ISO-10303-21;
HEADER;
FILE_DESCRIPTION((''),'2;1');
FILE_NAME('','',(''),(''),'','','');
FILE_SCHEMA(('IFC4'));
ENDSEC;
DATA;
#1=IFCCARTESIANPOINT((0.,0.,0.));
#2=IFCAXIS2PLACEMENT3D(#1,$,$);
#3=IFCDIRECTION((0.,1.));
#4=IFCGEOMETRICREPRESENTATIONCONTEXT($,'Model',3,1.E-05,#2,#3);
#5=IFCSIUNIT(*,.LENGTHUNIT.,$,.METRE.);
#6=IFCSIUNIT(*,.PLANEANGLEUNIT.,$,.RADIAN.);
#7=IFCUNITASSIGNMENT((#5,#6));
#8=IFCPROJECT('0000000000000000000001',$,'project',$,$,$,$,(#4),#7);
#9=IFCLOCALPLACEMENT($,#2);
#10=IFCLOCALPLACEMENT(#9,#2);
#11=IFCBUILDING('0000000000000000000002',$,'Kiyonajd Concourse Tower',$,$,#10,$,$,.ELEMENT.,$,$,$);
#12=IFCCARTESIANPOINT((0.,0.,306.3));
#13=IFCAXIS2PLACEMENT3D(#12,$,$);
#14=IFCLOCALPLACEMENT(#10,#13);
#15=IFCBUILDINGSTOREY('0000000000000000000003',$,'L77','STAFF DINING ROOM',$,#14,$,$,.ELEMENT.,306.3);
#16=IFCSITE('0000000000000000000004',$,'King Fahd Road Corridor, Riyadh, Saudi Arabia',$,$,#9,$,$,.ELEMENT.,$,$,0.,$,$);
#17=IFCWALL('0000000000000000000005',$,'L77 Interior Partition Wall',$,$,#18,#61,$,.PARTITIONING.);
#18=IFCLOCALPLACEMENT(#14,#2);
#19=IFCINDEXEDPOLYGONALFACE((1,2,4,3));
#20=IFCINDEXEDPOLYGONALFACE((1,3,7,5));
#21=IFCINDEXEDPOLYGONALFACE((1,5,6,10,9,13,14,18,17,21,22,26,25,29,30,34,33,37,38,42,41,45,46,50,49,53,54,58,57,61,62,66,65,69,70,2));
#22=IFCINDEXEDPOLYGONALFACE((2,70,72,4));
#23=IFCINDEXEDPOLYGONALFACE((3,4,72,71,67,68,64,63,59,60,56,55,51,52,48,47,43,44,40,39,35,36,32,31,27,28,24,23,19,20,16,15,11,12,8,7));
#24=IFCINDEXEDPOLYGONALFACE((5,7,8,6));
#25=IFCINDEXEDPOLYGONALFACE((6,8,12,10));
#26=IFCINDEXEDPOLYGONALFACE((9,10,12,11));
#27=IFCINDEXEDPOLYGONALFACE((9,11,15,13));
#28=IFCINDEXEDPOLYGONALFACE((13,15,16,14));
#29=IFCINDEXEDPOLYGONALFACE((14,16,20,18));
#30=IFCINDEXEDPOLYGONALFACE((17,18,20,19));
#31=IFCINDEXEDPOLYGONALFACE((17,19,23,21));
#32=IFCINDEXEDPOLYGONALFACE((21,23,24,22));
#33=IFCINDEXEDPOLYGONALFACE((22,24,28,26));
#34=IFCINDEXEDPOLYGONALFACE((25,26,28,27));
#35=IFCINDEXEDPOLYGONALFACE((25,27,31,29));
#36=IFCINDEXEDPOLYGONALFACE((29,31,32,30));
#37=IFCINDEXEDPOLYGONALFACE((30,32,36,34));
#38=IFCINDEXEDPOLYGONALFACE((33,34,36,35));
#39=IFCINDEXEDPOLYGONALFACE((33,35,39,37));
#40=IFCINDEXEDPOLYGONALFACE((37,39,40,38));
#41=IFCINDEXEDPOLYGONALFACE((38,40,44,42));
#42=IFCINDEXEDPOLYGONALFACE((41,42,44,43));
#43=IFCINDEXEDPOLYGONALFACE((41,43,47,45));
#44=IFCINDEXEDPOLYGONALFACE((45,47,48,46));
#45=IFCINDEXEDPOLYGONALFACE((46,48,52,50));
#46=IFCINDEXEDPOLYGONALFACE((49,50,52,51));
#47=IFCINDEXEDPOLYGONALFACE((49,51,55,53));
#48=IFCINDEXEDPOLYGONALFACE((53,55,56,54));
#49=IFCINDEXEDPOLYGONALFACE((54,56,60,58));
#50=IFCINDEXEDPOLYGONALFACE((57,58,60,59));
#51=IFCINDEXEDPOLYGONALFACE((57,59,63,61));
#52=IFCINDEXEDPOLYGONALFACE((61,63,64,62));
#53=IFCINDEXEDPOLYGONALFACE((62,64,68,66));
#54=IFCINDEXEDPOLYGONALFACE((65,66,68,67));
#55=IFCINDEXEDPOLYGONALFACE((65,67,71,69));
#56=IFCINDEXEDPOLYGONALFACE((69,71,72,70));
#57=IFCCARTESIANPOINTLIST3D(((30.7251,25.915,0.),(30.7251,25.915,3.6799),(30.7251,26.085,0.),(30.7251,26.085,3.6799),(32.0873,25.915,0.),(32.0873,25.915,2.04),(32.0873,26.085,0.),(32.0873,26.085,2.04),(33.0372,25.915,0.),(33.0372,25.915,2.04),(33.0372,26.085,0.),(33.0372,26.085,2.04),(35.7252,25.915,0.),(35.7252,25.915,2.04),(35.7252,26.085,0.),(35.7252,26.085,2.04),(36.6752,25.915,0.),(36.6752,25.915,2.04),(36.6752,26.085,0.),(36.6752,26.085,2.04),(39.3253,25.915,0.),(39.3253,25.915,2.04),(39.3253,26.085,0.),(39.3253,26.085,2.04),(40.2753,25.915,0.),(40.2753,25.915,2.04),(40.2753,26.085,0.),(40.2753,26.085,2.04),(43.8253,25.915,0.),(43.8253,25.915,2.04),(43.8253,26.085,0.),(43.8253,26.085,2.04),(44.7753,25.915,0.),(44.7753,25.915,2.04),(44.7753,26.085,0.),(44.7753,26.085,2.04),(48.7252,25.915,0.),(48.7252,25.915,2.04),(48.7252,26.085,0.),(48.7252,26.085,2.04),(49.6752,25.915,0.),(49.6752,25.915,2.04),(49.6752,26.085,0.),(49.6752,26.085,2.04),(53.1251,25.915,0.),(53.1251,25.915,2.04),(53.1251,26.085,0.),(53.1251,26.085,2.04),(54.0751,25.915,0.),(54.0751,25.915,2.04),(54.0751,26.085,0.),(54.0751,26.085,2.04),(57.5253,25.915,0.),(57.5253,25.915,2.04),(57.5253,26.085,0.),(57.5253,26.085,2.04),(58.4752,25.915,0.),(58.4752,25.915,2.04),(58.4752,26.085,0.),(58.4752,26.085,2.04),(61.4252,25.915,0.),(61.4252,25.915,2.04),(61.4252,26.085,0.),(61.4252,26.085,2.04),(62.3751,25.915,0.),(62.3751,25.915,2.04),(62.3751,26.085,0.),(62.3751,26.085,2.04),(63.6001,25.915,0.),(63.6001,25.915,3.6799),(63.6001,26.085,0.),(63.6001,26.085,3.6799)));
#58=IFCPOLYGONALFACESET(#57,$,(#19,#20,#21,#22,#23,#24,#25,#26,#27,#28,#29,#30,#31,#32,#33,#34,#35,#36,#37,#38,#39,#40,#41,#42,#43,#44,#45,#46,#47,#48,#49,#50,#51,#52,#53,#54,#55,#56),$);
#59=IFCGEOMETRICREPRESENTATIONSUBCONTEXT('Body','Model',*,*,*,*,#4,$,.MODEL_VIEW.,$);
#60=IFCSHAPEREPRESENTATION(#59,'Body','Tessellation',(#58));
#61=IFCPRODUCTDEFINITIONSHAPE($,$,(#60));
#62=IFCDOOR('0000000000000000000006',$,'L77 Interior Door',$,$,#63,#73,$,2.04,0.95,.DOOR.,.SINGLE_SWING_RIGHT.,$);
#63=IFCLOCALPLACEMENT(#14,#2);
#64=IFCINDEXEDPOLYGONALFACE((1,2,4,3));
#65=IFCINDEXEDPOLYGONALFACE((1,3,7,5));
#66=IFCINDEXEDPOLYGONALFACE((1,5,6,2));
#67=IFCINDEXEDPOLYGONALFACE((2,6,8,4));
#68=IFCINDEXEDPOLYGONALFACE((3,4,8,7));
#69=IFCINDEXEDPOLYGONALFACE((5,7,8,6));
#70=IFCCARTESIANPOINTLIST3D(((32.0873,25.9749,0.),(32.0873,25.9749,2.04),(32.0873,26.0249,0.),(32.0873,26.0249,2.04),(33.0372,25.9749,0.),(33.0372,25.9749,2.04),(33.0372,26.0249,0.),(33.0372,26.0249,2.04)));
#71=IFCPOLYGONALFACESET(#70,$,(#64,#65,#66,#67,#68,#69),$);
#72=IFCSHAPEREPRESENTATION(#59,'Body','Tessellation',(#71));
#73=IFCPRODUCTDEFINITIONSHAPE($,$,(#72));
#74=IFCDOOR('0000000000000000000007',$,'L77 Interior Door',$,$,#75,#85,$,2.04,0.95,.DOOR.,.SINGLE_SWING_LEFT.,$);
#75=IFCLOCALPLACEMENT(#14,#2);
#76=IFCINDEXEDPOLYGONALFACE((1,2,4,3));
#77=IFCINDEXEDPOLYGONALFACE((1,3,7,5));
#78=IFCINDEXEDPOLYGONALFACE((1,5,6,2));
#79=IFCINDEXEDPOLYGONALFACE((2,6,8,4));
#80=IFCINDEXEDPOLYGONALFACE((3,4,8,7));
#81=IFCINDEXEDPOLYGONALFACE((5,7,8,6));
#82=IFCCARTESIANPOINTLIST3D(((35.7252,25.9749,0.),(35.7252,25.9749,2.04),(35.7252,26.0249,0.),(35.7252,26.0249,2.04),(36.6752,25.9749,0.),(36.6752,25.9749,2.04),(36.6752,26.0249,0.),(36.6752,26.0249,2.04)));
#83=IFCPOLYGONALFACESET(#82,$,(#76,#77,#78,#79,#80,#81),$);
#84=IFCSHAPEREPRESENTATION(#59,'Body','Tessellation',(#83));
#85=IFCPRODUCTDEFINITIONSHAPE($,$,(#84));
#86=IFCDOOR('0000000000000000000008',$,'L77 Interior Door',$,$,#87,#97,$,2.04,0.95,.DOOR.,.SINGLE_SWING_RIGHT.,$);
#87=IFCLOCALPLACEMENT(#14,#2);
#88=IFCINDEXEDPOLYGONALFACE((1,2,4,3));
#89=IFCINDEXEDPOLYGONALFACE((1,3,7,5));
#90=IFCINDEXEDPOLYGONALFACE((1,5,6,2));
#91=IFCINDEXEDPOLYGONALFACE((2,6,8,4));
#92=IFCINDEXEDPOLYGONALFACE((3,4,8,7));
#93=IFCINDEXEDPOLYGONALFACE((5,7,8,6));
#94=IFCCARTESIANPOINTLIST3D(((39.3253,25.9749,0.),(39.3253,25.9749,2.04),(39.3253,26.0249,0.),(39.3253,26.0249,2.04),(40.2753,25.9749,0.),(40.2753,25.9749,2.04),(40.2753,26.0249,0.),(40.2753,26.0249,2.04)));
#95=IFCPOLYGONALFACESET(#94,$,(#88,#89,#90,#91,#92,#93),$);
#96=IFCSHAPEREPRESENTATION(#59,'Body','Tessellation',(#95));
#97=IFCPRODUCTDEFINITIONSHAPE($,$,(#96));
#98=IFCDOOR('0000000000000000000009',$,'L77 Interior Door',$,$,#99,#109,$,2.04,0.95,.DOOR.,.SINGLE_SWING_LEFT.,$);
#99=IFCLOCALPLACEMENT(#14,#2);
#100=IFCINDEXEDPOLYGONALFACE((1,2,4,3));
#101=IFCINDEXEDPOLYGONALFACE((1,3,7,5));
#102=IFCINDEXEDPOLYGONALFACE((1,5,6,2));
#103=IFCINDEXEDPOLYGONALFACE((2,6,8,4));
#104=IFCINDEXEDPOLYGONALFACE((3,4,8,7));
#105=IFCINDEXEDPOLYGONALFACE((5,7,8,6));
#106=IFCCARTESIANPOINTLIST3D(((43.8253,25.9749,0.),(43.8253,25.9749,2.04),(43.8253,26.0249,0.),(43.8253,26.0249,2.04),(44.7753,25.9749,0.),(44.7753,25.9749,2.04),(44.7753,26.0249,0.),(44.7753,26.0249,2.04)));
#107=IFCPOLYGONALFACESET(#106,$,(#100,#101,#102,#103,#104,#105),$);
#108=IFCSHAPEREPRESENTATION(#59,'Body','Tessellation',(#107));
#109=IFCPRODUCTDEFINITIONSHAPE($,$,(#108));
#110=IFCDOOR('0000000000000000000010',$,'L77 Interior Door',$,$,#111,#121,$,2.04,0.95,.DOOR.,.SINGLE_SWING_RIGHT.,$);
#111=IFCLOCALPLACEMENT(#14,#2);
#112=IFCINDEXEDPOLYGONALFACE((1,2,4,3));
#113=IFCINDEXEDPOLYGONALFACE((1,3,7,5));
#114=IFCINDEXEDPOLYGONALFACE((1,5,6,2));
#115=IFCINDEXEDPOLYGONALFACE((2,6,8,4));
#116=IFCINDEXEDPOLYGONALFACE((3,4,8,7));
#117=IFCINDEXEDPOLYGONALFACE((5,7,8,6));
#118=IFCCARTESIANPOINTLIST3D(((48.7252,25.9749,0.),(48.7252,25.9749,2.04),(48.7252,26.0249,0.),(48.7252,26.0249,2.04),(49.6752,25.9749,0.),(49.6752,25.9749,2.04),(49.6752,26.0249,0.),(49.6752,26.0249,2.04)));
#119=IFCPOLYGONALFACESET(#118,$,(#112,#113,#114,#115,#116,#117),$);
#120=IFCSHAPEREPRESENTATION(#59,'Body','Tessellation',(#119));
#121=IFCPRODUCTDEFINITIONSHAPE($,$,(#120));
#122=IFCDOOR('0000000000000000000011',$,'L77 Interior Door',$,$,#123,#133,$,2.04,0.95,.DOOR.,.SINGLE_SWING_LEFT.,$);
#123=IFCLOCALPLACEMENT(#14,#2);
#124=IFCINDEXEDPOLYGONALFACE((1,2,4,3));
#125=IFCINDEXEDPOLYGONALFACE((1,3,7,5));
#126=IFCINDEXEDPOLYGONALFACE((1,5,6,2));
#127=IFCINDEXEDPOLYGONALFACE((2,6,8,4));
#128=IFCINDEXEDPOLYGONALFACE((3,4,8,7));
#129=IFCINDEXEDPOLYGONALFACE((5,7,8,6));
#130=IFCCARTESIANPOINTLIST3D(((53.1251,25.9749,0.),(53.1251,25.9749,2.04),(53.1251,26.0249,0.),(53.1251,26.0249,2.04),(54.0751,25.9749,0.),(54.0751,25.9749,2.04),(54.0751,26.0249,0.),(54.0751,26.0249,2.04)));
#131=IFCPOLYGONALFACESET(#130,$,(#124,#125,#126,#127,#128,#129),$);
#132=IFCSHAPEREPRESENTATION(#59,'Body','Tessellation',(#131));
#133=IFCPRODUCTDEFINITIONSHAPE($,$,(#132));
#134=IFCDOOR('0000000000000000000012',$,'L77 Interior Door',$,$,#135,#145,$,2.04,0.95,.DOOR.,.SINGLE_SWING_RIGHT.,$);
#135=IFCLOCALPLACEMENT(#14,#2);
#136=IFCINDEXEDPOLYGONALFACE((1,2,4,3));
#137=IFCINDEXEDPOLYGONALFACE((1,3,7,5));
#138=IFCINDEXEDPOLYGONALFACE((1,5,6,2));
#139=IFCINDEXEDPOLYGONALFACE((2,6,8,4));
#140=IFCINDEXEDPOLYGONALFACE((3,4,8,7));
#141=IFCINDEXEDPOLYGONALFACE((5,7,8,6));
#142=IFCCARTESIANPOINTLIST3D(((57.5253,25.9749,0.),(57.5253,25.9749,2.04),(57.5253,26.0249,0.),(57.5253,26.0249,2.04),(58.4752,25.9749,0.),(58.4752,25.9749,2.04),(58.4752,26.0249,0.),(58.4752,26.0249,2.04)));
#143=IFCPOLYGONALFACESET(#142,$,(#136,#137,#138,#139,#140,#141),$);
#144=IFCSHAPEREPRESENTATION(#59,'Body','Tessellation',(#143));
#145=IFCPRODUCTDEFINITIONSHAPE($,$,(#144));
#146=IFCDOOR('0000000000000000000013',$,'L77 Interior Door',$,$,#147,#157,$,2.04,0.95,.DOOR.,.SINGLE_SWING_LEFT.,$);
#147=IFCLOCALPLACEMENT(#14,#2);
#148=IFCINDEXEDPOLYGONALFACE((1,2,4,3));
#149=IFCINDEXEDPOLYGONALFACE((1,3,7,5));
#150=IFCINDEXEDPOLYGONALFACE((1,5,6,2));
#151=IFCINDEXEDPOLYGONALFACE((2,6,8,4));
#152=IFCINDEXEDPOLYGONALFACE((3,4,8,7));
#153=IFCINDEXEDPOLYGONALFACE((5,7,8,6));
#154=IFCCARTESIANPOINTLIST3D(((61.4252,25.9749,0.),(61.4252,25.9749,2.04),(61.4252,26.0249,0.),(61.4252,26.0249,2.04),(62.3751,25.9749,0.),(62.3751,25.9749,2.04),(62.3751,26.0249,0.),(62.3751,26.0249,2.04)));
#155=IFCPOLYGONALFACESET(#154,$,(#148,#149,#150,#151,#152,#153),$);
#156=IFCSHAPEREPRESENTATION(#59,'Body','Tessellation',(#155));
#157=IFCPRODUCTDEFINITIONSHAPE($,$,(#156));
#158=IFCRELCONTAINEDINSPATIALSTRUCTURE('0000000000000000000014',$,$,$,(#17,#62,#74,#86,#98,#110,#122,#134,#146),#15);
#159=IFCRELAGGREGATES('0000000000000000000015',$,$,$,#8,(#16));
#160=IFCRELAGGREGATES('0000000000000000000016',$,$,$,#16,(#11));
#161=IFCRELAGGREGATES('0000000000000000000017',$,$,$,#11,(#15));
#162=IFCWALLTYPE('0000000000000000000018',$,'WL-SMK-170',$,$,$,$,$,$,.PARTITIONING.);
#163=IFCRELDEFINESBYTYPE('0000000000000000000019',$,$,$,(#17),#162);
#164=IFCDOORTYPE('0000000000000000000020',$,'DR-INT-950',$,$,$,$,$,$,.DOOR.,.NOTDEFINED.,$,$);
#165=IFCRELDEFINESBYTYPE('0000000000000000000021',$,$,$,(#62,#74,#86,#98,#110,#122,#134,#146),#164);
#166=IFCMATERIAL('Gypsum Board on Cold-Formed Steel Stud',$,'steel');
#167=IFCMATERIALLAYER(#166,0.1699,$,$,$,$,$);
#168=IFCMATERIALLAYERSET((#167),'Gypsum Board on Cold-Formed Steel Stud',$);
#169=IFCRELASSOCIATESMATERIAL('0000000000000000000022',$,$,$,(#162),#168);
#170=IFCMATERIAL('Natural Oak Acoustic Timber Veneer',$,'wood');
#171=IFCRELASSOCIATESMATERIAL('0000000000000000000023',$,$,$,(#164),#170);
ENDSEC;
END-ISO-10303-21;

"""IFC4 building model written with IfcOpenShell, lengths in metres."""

from ifc_helpers import new_model, si_unit, direction, frame, frame_2d, origin, place, context, subcontext, project, spatial, rectangle, extrude, material, layer, layer_set, type_object, element, fill, save


model = new_model("IFC4")

# Units and contexts
model_context = context("Model", 3, precision=1e-05, world=origin(), true_north=direction((0.0, 1.0)))
body_context = subcontext(model_context, "Body", "Model", "MODEL_VIEW")
ifc_project = project(units=[si_unit("LENGTHUNIT", "METRE"), si_unit("PLANEANGLEUNIT", "RADIAN")], contexts=[model_context])

# Site, building, storey
site_placement = place(None, origin())
site = spatial("IfcSite", under=ifc_project, at=site_placement, Name="King Fahd Road Corridor, Riyadh, Saudi Arabia", CompositionType="ELEMENT", RefElevation=0.0)
building_placement = place(site_placement, origin())
building = spatial("IfcBuilding", under=site, at=building_placement, Name="Kiyonajd Concourse Tower", CompositionType="ELEMENT")
storey_placement = place(building_placement, frame((0.0, 0.0, 306.3)))
storey = spatial("IfcBuildingStorey", under=building, at=storey_placement, Name="L77", Description="STAFF DINING ROOM", CompositionType="ELEMENT", Elevation=306.3)

# Shared definitions
ifc_material_1 = material(Name="Gypsum Board on Cold-Formed Steel Stud", Category="steel")
ifc_material_2 = material(Name="Natural Oak Acoustic Timber Veneer", Category="wood")

# Wall, openings, doors
ifc_layer_1 = layer(ifc_material_1, 0.1699)
ifc_layer_set_1 = layer_set([ifc_layer_1], Name="Gypsum Board on Cold-Formed Steel Stud")
wall_type_1 = type_object("IfcWallType", Name="WL-SMK-170", PredefinedType="PARTITIONING", material=ifc_layer_set_1)
wall_1_placement = place(storey_placement, frame((30.7251, 26.0, 0.0), z_axis=(0.0, 0.0, 1.0), x_axis=(1.0, 0.0, 0.0)))
wall_1 = element("IfcWall", 1, at=wall_1_placement, inside=storey, type_object=wall_type_1, Name="L77 Interior Partition Wall", PredefinedType="PARTITIONING", context=body_context, shape_type="SweptSolid", body=[
    extrude(rectangle(XDim=32.875, YDim=0.1699, at=frame_2d((16.4375, 0.0))), origin(), (0.0, 0.0, 1.0), 3.6799),
])
opening_1_placement = place(wall_1_placement, frame((1.3621, 0.0, 0.0)))
opening_1 = element("IfcOpeningElement", 2, at=opening_1_placement, cuts=wall_1, PredefinedType="OPENING", context=body_context, shape_type="SweptSolid", body=[
    extrude(rectangle(XDim=0.95, YDim=2.04, at=frame_2d((0.4751, 1.02))), frame((0.0, 0.095, 0.0), z_axis=(0.0, -1.0, 0.0), x_axis=(1.0, 0.0, 0.0)), (0.0, 0.0, 1.0), 0.1899),
])
opening_2_placement = place(wall_1_placement, frame((5.0, 0.0, 0.0)))
opening_2 = element("IfcOpeningElement", 3, at=opening_2_placement, cuts=wall_1, PredefinedType="OPENING", context=body_context, shape_type="SweptSolid", body=[
    extrude(rectangle(XDim=0.95, YDim=2.04, at=frame_2d((0.4751, 1.02))), frame((0.0, 0.095, 0.0), z_axis=(0.0, -1.0, 0.0), x_axis=(1.0, 0.0, 0.0)), (0.0, 0.0, 1.0), 0.1899),
])
opening_3_placement = place(wall_1_placement, frame((8.6001, 0.0, 0.0)))
opening_3 = element("IfcOpeningElement", 4, at=opening_3_placement, cuts=wall_1, PredefinedType="OPENING", context=body_context, shape_type="SweptSolid", body=[
    extrude(rectangle(XDim=0.95, YDim=2.04, at=frame_2d((0.4751, 1.02))), frame((0.0, 0.095, 0.0), z_axis=(0.0, -1.0, 0.0), x_axis=(1.0, 0.0, 0.0)), (0.0, 0.0, 1.0), 0.1899),
])
opening_4_placement = place(wall_1_placement, frame((13.1001, 0.0, 0.0)))
opening_4 = element("IfcOpeningElement", 5, at=opening_4_placement, cuts=wall_1, PredefinedType="OPENING", context=body_context, shape_type="SweptSolid", body=[
    extrude(rectangle(XDim=0.95, YDim=2.04, at=frame_2d((0.4751, 1.02))), frame((0.0, 0.095, 0.0), z_axis=(0.0, -1.0, 0.0), x_axis=(1.0, 0.0, 0.0)), (0.0, 0.0, 1.0), 0.1899),
])
opening_5_placement = place(wall_1_placement, frame((18.0, 0.0, 0.0)))
opening_5 = element("IfcOpeningElement", 6, at=opening_5_placement, cuts=wall_1, PredefinedType="OPENING", context=body_context, shape_type="SweptSolid", body=[
    extrude(rectangle(XDim=0.95, YDim=2.04, at=frame_2d((0.4751, 1.02))), frame((0.0, 0.095, 0.0), z_axis=(0.0, -1.0, 0.0), x_axis=(1.0, 0.0, 0.0)), (0.0, 0.0, 1.0), 0.1899),
])
opening_6_placement = place(wall_1_placement, frame((22.3999, 0.0, 0.0)))
opening_6 = element("IfcOpeningElement", 7, at=opening_6_placement, cuts=wall_1, PredefinedType="OPENING", context=body_context, shape_type="SweptSolid", body=[
    extrude(rectangle(XDim=0.95, YDim=2.04, at=frame_2d((0.4751, 1.02))), frame((0.0, 0.095, 0.0), z_axis=(0.0, -1.0, 0.0), x_axis=(1.0, 0.0, 0.0)), (0.0, 0.0, 1.0), 0.1899),
])
opening_7_placement = place(wall_1_placement, frame((26.8, 0.0, 0.0)))
opening_7 = element("IfcOpeningElement", 8, at=opening_7_placement, cuts=wall_1, PredefinedType="OPENING", context=body_context, shape_type="SweptSolid", body=[
    extrude(rectangle(XDim=0.95, YDim=2.04, at=frame_2d((0.4751, 1.02))), frame((0.0, 0.095, 0.0), z_axis=(0.0, -1.0, 0.0), x_axis=(1.0, 0.0, 0.0)), (0.0, 0.0, 1.0), 0.1899),
])
opening_8_placement = place(wall_1_placement, frame((30.7, 0.0, 0.0)))
opening_8 = element("IfcOpeningElement", 9, at=opening_8_placement, cuts=wall_1, PredefinedType="OPENING", context=body_context, shape_type="SweptSolid", body=[
    extrude(rectangle(XDim=0.95, YDim=2.04, at=frame_2d((0.4751, 1.02))), frame((0.0, 0.095, 0.0), z_axis=(0.0, -1.0, 0.0), x_axis=(1.0, 0.0, 0.0)), (0.0, 0.0, 1.0), 0.1899),
])
door_type_1 = type_object("IfcDoorType", Name="DR-INT-950", OperationType="NOTDEFINED", PredefinedType="DOOR", material=ifc_material_2)
door_1_placement = place(opening_1_placement, origin())
door_1 = element("IfcDoor", 10, at=door_1_placement, inside=storey, type_object=door_type_1, Name="L77 Interior Door", OperationType="SINGLE_SWING_RIGHT", OverallHeight=2.04, OverallWidth=0.95, PredefinedType="DOOR", context=body_context, shape_type="SweptSolid", body=[
    extrude(rectangle(XDim=0.95, YDim=2.04, at=frame_2d((0.4751, 1.02))), frame((0.0, 0.0249, 0.0), z_axis=(0.0, -1.0, 0.0), x_axis=(1.0, 0.0, 0.0)), (0.0, 0.0, 1.0), 0.05),
])
fill(opening_1, door_1)
door_2_placement = place(opening_2_placement, origin())
door_2 = element("IfcDoor", 11, at=door_2_placement, inside=storey, type_object=door_type_1, Name="L77 Interior Door", OperationType="SINGLE_SWING_LEFT", OverallHeight=2.04, OverallWidth=0.95, PredefinedType="DOOR", context=body_context, shape_type="SweptSolid", body=[
    extrude(rectangle(XDim=0.95, YDim=2.04, at=frame_2d((0.4751, 1.02))), frame((0.0, 0.0249, 0.0), z_axis=(0.0, -1.0, 0.0), x_axis=(1.0, 0.0, 0.0)), (0.0, 0.0, 1.0), 0.05),
])
fill(opening_2, door_2)
door_3_placement = place(opening_3_placement, origin())
door_3 = element("IfcDoor", 12, at=door_3_placement, inside=storey, type_object=door_type_1, Name="L77 Interior Door", OperationType="SINGLE_SWING_RIGHT", OverallHeight=2.04, OverallWidth=0.95, PredefinedType="DOOR", context=body_context, shape_type="SweptSolid", body=[
    extrude(rectangle(XDim=0.95, YDim=2.04, at=frame_2d((0.4751, 1.02))), frame((0.0, 0.0249, 0.0), z_axis=(0.0, -1.0, 0.0), x_axis=(1.0, 0.0, 0.0)), (0.0, 0.0, 1.0), 0.05),
])
fill(opening_3, door_3)
door_4_placement = place(opening_4_placement, origin())
door_4 = element("IfcDoor", 13, at=door_4_placement, inside=storey, type_object=door_type_1, Name="L77 Interior Door", OperationType="SINGLE_SWING_LEFT", OverallHeight=2.04, OverallWidth=0.95, PredefinedType="DOOR", context=body_context, shape_type="SweptSolid", body=[
    extrude(rectangle(XDim=0.95, YDim=2.04, at=frame_2d((0.4751, 1.02))), frame((0.0, 0.0249, 0.0), z_axis=(0.0, -1.0, 0.0), x_axis=(1.0, 0.0, 0.0)), (0.0, 0.0, 1.0), 0.05),
])
fill(opening_4, door_4)
door_5_placement = place(opening_5_placement, origin())
door_5 = element("IfcDoor", 14, at=door_5_placement, inside=storey, type_object=door_type_1, Name="L77 Interior Door", OperationType="SINGLE_SWING_RIGHT", OverallHeight=2.04, OverallWidth=0.95, PredefinedType="DOOR", context=body_context, shape_type="SweptSolid", body=[
    extrude(rectangle(XDim=0.95, YDim=2.04, at=frame_2d((0.4751, 1.02))), frame((0.0, 0.0249, 0.0), z_axis=(0.0, -1.0, 0.0), x_axis=(1.0, 0.0, 0.0)), (0.0, 0.0, 1.0), 0.05),
])
fill(opening_5, door_5)
door_6_placement = place(opening_6_placement, origin())
door_6 = element("IfcDoor", 15, at=door_6_placement, inside=storey, type_object=door_type_1, Name="L77 Interior Door", OperationType="SINGLE_SWING_LEFT", OverallHeight=2.04, OverallWidth=0.95, PredefinedType="DOOR", context=body_context, shape_type="SweptSolid", body=[
    extrude(rectangle(XDim=0.95, YDim=2.04, at=frame_2d((0.4751, 1.02))), frame((0.0, 0.0249, 0.0), z_axis=(0.0, -1.0, 0.0), x_axis=(1.0, 0.0, 0.0)), (0.0, 0.0, 1.0), 0.05),
])
fill(opening_6, door_6)
door_7_placement = place(opening_7_placement, origin())
door_7 = element("IfcDoor", 16, at=door_7_placement, inside=storey, type_object=door_type_1, Name="L77 Interior Door", OperationType="SINGLE_SWING_RIGHT", OverallHeight=2.04, OverallWidth=0.95, PredefinedType="DOOR", context=body_context, shape_type="SweptSolid", body=[
    extrude(rectangle(XDim=0.95, YDim=2.04, at=frame_2d((0.4751, 1.02))), frame((0.0, 0.0249, 0.0), z_axis=(0.0, -1.0, 0.0), x_axis=(1.0, 0.0, 0.0)), (0.0, 0.0, 1.0), 0.05),
])
fill(opening_7, door_7)
door_8_placement = place(opening_8_placement, origin())
door_8 = element("IfcDoor", 17, at=door_8_placement, inside=storey, type_object=door_type_1, Name="L77 Interior Door", OperationType="SINGLE_SWING_LEFT", OverallHeight=2.04, OverallWidth=0.95, PredefinedType="DOOR", context=body_context, shape_type="SweptSolid", body=[
    extrude(rectangle(XDim=0.95, YDim=2.04, at=frame_2d((0.4751, 1.02))), frame((0.0, 0.0249, 0.0), z_axis=(0.0, -1.0, 0.0), x_axis=(1.0, 0.0, 0.0)), (0.0, 0.0, 1.0), 0.05),
])
fill(opening_8, door_8)

save(model, "model.ifc")
